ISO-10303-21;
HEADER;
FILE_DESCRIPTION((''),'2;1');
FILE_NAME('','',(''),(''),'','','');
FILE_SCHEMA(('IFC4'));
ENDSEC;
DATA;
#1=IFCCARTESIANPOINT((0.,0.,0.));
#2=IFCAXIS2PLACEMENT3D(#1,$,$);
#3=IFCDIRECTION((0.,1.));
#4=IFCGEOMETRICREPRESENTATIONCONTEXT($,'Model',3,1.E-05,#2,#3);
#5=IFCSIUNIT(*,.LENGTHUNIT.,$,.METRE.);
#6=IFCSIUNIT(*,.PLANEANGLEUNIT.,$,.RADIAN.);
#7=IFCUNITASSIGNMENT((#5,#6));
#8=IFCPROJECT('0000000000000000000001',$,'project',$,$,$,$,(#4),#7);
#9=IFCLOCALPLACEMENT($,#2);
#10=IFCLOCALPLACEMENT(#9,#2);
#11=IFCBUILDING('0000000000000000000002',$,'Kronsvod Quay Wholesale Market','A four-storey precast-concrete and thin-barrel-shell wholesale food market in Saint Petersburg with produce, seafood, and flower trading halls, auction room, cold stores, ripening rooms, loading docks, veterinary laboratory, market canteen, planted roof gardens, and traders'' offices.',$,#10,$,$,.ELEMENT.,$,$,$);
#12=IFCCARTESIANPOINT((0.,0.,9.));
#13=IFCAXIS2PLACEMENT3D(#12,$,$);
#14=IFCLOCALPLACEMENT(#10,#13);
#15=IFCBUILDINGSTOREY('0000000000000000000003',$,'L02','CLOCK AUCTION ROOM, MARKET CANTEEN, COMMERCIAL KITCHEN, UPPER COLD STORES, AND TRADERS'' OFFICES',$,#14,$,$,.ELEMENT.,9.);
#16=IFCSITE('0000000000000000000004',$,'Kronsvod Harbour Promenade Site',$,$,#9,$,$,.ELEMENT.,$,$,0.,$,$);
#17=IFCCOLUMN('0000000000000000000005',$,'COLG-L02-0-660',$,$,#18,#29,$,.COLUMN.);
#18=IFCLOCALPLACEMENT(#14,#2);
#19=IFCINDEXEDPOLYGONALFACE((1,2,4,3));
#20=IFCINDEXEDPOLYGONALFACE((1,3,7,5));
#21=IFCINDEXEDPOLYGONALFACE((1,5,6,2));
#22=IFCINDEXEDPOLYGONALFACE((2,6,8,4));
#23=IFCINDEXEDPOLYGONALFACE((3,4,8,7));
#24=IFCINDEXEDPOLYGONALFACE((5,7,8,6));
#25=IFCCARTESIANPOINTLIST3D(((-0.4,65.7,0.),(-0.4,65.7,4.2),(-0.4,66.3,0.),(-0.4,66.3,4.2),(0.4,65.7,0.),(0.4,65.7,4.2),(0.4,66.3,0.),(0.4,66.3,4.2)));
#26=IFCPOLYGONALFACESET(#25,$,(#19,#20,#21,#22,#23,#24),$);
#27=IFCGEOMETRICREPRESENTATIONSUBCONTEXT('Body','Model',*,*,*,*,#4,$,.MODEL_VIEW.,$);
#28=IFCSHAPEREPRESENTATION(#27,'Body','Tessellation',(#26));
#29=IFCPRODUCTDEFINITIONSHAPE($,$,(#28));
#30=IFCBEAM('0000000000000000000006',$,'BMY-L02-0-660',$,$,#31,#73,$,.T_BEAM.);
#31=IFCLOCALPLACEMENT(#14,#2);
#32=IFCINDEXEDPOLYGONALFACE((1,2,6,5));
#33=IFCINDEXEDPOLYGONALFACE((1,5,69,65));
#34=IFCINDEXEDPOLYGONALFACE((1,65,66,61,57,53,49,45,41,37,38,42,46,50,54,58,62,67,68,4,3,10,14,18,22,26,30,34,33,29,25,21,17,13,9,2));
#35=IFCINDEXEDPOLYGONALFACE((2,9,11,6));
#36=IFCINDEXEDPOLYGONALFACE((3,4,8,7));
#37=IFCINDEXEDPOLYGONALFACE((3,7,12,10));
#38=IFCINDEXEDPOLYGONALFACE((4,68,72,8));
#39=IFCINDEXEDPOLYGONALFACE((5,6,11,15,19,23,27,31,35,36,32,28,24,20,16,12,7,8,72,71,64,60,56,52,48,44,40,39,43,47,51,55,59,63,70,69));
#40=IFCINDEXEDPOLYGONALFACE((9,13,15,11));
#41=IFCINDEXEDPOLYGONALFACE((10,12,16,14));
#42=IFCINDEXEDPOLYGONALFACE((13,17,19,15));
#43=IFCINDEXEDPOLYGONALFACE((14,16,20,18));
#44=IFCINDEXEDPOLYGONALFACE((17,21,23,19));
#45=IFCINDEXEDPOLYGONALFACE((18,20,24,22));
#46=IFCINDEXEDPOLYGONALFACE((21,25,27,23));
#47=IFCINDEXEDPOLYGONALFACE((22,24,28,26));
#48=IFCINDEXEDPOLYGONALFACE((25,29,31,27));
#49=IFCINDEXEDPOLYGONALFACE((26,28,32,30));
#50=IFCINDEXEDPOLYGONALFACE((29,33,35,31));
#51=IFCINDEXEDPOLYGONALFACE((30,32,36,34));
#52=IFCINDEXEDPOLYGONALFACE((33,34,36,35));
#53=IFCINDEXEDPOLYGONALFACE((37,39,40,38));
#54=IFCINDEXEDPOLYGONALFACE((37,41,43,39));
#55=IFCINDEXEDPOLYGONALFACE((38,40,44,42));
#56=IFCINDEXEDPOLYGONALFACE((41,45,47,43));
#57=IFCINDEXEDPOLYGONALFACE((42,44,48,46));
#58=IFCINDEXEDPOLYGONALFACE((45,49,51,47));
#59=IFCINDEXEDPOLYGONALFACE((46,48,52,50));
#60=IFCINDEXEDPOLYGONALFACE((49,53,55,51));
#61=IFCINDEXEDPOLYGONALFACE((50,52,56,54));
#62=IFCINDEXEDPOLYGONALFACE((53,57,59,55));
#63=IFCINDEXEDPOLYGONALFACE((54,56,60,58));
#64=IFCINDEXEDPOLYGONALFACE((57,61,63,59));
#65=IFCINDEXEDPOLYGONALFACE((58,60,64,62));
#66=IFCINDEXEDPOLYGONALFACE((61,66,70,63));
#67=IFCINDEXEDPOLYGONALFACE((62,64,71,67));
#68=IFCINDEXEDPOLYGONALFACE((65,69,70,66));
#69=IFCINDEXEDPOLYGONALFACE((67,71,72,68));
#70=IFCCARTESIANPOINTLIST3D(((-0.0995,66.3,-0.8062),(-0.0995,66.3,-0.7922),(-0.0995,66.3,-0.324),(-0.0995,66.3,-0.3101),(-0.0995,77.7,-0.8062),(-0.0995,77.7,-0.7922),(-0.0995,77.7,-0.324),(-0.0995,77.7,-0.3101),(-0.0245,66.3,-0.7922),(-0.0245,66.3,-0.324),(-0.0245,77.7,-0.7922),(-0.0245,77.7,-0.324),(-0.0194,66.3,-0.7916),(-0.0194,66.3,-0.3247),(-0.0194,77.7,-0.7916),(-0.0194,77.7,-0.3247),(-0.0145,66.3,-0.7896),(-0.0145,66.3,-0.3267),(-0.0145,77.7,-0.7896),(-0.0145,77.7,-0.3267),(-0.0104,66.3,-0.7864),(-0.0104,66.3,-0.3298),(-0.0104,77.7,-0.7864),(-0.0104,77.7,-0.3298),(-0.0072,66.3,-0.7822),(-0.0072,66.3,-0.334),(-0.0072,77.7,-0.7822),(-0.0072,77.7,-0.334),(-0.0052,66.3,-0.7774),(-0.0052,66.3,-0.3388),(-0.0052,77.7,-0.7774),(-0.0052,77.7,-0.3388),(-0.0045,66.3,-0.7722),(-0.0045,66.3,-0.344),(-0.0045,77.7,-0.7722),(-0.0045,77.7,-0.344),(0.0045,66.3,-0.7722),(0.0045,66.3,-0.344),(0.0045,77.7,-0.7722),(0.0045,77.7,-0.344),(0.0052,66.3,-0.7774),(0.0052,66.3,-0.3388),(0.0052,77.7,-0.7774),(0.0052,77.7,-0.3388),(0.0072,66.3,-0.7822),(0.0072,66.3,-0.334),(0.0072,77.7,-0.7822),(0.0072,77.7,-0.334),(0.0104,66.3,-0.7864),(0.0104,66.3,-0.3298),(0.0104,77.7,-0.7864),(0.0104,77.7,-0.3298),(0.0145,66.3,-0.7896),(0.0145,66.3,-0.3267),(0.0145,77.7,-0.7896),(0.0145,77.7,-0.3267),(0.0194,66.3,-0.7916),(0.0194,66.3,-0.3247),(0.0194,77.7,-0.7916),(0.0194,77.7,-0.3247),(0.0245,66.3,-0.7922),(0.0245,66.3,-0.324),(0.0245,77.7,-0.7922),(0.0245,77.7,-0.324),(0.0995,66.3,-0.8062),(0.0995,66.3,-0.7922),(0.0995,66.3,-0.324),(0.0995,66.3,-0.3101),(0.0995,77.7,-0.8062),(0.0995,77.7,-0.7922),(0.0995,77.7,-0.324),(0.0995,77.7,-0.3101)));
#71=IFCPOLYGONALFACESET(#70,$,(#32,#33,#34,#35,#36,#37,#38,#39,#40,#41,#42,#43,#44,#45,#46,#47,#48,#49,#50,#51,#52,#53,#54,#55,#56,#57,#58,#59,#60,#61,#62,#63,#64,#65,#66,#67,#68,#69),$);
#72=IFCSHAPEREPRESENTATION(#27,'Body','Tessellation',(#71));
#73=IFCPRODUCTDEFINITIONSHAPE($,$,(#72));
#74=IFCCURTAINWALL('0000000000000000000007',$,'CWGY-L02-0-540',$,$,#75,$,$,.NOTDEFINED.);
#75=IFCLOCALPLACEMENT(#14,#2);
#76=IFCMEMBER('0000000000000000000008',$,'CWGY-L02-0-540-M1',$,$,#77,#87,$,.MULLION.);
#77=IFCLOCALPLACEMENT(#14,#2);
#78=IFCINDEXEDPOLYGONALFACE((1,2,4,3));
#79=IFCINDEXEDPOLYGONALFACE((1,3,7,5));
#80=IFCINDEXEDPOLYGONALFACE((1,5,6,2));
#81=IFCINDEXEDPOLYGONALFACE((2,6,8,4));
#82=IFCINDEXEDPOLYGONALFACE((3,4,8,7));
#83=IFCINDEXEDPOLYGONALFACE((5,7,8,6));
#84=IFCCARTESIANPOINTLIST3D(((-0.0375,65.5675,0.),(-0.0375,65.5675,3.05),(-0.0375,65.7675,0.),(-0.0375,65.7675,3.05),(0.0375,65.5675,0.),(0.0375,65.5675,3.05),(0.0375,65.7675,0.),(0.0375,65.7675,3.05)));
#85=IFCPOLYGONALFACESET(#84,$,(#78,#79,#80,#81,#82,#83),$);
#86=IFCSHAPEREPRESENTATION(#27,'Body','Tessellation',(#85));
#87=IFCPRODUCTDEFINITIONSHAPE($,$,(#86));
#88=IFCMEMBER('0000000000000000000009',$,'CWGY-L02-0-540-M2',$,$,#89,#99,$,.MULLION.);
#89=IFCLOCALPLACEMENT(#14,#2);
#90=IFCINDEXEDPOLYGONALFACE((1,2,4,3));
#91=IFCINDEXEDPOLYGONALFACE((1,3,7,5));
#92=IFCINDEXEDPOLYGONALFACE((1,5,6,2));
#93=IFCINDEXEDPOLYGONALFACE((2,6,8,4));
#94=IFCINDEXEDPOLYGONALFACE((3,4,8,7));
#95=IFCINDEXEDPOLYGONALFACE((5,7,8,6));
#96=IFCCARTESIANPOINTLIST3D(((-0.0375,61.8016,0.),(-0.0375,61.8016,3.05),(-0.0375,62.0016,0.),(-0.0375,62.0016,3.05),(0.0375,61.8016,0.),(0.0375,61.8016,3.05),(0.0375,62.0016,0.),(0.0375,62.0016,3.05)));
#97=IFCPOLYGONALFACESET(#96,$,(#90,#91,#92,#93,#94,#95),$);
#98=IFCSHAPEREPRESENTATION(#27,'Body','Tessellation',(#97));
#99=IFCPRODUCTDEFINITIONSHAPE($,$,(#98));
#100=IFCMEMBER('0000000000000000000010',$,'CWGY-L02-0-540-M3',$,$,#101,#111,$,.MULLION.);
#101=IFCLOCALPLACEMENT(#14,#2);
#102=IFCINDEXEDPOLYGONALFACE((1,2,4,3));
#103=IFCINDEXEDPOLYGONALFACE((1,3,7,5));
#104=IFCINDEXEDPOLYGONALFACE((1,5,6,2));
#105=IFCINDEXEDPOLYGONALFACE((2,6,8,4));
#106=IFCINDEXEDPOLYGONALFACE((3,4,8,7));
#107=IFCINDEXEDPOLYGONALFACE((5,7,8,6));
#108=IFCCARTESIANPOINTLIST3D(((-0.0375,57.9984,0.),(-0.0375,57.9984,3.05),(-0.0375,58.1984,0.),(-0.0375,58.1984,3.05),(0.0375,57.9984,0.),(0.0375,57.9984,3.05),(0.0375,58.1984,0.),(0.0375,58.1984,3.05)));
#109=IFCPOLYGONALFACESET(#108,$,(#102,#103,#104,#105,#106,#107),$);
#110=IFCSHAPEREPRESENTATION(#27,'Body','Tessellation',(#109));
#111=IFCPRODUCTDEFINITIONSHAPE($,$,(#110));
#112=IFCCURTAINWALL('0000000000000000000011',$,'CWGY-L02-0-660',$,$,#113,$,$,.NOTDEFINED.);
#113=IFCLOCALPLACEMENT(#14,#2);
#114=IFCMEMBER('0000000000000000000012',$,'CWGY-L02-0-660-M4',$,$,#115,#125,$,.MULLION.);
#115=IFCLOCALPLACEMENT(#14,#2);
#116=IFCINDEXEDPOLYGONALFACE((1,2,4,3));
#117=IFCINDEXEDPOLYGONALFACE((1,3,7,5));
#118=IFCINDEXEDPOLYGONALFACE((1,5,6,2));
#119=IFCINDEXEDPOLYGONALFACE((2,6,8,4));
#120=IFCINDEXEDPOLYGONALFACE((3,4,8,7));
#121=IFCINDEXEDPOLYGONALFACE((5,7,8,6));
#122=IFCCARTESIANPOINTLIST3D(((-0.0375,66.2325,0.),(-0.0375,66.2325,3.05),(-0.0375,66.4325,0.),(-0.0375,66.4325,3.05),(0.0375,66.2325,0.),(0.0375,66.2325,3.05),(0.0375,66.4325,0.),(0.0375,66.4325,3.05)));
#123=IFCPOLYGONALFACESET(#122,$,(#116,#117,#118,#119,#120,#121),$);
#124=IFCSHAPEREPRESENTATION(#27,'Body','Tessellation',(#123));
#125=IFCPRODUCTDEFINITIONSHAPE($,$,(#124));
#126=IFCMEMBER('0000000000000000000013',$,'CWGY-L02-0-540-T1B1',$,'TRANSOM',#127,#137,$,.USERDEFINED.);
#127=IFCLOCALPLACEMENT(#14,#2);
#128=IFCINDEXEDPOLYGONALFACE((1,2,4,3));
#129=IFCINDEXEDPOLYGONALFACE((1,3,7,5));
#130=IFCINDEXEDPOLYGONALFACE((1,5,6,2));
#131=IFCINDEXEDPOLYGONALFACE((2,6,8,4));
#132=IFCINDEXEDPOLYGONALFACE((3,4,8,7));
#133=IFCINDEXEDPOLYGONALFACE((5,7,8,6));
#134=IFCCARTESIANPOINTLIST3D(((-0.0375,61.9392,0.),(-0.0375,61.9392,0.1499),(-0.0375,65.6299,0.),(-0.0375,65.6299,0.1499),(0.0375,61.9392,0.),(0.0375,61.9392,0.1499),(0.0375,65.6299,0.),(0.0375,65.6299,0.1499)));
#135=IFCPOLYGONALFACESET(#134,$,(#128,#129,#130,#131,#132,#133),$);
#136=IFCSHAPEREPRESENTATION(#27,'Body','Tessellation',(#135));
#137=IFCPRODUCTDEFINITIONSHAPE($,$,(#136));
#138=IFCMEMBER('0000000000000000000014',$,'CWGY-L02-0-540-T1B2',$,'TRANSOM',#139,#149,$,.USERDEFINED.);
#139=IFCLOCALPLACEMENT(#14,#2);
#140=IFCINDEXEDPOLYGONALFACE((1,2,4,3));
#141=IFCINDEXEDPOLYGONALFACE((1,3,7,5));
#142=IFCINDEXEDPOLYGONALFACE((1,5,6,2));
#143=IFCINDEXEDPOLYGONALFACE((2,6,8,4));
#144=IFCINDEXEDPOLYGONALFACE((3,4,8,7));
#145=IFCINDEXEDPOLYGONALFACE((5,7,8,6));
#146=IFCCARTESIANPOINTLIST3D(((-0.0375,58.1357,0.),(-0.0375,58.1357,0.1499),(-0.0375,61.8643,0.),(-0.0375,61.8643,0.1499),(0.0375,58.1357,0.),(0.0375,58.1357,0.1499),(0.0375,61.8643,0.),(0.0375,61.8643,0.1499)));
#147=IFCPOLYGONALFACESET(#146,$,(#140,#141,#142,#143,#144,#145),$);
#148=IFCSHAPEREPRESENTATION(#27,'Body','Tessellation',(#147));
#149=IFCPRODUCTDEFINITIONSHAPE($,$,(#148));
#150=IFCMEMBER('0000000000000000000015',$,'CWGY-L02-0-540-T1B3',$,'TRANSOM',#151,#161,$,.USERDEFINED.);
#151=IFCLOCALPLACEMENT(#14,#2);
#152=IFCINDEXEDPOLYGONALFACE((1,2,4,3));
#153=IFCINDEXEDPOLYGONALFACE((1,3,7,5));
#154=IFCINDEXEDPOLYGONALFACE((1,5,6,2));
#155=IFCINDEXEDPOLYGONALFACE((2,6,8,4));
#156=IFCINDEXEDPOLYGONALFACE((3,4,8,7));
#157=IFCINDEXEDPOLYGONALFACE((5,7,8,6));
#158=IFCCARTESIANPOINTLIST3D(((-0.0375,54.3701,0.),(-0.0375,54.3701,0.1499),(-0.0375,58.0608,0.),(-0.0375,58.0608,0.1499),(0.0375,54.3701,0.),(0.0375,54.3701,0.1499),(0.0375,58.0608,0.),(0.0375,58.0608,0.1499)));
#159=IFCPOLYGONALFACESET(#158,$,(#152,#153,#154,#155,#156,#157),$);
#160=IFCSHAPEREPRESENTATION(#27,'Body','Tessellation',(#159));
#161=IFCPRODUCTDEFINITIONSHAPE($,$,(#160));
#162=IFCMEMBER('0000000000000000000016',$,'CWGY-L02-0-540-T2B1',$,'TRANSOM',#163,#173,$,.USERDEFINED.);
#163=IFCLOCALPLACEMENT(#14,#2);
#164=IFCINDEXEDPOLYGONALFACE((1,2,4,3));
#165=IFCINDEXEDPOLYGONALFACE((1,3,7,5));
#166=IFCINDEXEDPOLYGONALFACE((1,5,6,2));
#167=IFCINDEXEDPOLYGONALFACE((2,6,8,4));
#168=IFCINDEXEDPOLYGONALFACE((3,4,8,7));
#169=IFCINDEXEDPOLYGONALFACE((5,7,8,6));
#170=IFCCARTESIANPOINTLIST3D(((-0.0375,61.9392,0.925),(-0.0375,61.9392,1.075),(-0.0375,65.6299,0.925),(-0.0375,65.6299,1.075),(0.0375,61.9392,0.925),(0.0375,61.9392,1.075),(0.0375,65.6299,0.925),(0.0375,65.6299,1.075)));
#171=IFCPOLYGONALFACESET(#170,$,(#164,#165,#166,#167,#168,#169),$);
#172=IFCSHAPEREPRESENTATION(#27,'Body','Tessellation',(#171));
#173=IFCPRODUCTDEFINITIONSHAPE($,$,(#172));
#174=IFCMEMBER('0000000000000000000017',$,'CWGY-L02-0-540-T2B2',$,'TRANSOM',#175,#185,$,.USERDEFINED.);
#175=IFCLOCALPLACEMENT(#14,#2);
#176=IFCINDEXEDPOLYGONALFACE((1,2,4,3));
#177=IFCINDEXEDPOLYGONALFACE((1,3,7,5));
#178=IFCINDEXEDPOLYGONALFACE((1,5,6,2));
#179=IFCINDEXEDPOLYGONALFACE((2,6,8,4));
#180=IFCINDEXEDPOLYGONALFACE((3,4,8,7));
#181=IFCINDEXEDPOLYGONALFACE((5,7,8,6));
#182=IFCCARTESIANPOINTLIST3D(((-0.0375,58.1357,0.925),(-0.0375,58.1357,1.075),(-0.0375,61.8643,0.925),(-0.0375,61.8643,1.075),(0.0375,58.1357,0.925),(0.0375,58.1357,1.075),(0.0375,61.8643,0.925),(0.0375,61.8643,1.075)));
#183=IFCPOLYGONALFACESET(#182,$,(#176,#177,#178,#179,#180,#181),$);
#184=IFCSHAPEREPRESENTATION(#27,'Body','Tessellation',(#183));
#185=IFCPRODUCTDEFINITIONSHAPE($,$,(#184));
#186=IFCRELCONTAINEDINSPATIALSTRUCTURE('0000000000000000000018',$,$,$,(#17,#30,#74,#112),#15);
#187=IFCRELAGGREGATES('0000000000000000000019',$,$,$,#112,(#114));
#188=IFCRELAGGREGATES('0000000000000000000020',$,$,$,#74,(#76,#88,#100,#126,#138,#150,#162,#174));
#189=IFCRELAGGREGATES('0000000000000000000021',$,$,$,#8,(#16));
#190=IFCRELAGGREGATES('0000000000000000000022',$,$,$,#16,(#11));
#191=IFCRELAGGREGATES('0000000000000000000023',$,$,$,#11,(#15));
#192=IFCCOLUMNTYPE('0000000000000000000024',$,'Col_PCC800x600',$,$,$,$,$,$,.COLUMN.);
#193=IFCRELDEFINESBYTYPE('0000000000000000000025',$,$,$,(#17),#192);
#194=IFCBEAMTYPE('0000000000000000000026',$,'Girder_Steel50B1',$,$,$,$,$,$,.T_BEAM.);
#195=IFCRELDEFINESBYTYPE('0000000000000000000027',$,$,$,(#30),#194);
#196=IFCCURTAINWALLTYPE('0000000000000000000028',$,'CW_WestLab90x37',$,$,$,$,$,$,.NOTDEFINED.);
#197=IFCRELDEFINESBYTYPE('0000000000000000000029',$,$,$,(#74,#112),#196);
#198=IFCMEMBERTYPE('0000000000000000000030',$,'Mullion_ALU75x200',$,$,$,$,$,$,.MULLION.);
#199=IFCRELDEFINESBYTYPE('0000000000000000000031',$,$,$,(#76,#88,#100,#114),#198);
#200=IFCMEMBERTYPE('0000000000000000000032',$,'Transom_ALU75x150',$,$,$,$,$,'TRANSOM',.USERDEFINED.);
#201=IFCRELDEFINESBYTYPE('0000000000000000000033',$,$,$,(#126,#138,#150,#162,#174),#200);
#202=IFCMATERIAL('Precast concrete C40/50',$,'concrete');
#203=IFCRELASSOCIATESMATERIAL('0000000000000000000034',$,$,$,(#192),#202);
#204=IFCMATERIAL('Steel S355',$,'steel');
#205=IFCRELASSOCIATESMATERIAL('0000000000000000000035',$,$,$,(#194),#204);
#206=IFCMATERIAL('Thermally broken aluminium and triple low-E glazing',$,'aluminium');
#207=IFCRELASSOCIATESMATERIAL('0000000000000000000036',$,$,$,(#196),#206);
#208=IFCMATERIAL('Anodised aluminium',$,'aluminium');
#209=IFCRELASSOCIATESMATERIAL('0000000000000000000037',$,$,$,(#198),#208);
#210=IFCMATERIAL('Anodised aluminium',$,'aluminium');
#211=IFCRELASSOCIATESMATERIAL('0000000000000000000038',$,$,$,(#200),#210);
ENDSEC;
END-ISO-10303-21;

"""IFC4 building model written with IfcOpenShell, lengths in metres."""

from ifc_helpers import new_model, si_unit, direction, frame, origin, origin_2d, place, context, subcontext, project, spatial, rectangle, i_section, extrude, material, material_profile, profile_set, type_object, element, aggregate, save


model = new_model("IFC4")

# Units and contexts
model_context = context("Model", 3, precision=1e-05, world=origin(), true_north=direction((0.0, 1.0)))
body_context = subcontext(model_context, "Body", "Model", "MODEL_VIEW")
ifc_project = project(units=[si_unit("LENGTHUNIT", "METRE"), si_unit("PLANEANGLEUNIT", "RADIAN")], contexts=[model_context])

# Site, building, storey
site_placement = place(None, origin())
site = spatial("IfcSite", under=ifc_project, at=site_placement, Name="Kronsvod Harbour Promenade Site", CompositionType="ELEMENT", RefElevation=0.0)
building_placement = place(site_placement, origin())
building = spatial("IfcBuilding", under=site, at=building_placement, Name="Kronsvod Quay Wholesale Market", Description="A four-storey precast-concrete and thin-barrel-shell wholesale food market in Saint Petersburg with produce, seafood, and flower trading halls, auction room, cold stores, ripening rooms, loading docks, veterinary laboratory, market canteen, planted roof gardens, and traders' offices.", CompositionType="ELEMENT")
storey_placement = place(building_placement, frame((0.0, 0.0, 9.0)))
storey = spatial("IfcBuildingStorey", under=building, at=storey_placement, Name="L02", Description="CLOCK AUCTION ROOM, MARKET CANTEEN, COMMERCIAL KITCHEN, UPPER COLD STORES, AND TRADERS' OFFICES", CompositionType="ELEMENT", Elevation=9.0)

# Column
ifc_material_1 = material(Name="Precast concrete C40/50", Category="concrete")
ifc_material_profile_1 = material_profile(ifc_material_1, rectangle(XDim=0.8, YDim=0.6001, at=origin_2d()), Name="PCC800x600")
ifc_profile_set_1 = profile_set([ifc_material_profile_1], Name="Precast concrete C40/50")
column_type = type_object("IfcColumnType", Name="Col_PCC800x600", PredefinedType="COLUMN", material=ifc_profile_set_1)
column_placement = place(storey_placement, frame((0.0, 66.0, 0.0), z_axis=(0.0, 0.0, 1.0), x_axis=(1.0, 0.0, 0.0)))
element("IfcColumn", 1, at=column_placement, inside=storey, type_object=column_type, Name="COLG-L02-0-660", PredefinedType="COLUMN", context=body_context, shape_type="SweptSolid", body=[
    extrude(rectangle(XDim=0.8, YDim=0.6001, at=origin_2d()), origin(), (0.0, 0.0, 1.0), 4.2),
])

# Beam
ifc_material_2 = material(Name="Steel S355", Category="steel")
ifc_material_profile_2 = material_profile(ifc_material_2, i_section(OverallWidth=0.199, OverallDepth=0.4961, WebThickness=0.009, FlangeThickness=0.0139, FilletRadius=0.02, at=origin_2d()), Name="50B1")
ifc_profile_set_2 = profile_set([ifc_material_profile_2], Name="Steel S355")
beam_type = type_object("IfcBeamType", Name="Girder_Steel50B1", PredefinedType="T_BEAM", material=ifc_profile_set_2)
beam_placement = place(storey_placement, frame((0.0, 66.3, -0.5581), z_axis=(0.0, 1.0, 0.0), x_axis=(-1.0, 0.0, 0.0)))
element("IfcBeam", 2, at=beam_placement, inside=storey, type_object=beam_type, Name="BMY-L02-0-660", PredefinedType="T_BEAM", context=body_context, shape_type="SweptSolid", body=[
    extrude(i_section(OverallWidth=0.199, OverallDepth=0.4961, WebThickness=0.009, FlangeThickness=0.0139, FilletRadius=0.02, at=origin_2d()), origin(), (0.0, 0.0, 1.0), 11.3999),
])

# Curtain wall, members
ifc_material_3 = material(Name="Thermally broken aluminium and triple low-E glazing", Category="aluminium")
curtain_wall_type = type_object("IfcCurtainWallType", Name="CW_WestLab90x37", PredefinedType="NOTDEFINED", material=ifc_material_3)
curtain_wall_1_placement = place(storey_placement, origin())
curtain_wall_1 = element("IfcCurtainWall", 3, at=curtain_wall_1_placement, inside=storey, type_object=curtain_wall_type, Name="CWGY-L02-0-540", PredefinedType="NOTDEFINED")
ifc_material_4 = material(Name="Anodised aluminium", Category="aluminium")
ifc_material_profile_3 = material_profile(ifc_material_4, rectangle(XDim=0.075, YDim=0.2, at=origin_2d()), Name="ALUM75x200")
ifc_profile_set_3 = profile_set([ifc_material_profile_3], Name="Anodised aluminium")
member_type_1 = type_object("IfcMemberType", Name="Mullion_ALU75x200", PredefinedType="MULLION", material=ifc_profile_set_3)
member_1_placement = place(storey_placement, frame((0.0, 65.6675, 0.0), z_axis=(0.0, 0.0, 1.0), x_axis=(1.0, 0.0, 0.0)))
member_1 = element("IfcMember", 4, at=member_1_placement, type_object=member_type_1, Name="CWGY-L02-0-540-M1", PredefinedType="MULLION", context=body_context, shape_type="SweptSolid", body=[
    extrude(rectangle(XDim=0.075, YDim=0.2, at=origin_2d()), origin(), (0.0, 0.0, 1.0), 3.05),
])
member_2_placement = place(storey_placement, frame((0.0, 61.9016, 0.0), z_axis=(0.0, 0.0, 1.0), x_axis=(1.0, 0.0, 0.0)))
member_2 = element("IfcMember", 5, at=member_2_placement, type_object=member_type_1, Name="CWGY-L02-0-540-M2", PredefinedType="MULLION", context=body_context, shape_type="SweptSolid", body=[
    extrude(rectangle(XDim=0.075, YDim=0.2, at=origin_2d()), origin(), (0.0, 0.0, 1.0), 3.05),
])
member_3_placement = place(storey_placement, frame((0.0, 58.0984, 0.0), z_axis=(0.0, 0.0, 1.0), x_axis=(1.0, 0.0, 0.0)))
member_3 = element("IfcMember", 6, at=member_3_placement, type_object=member_type_1, Name="CWGY-L02-0-540-M3", PredefinedType="MULLION", context=body_context, shape_type="SweptSolid", body=[
    extrude(rectangle(XDim=0.075, YDim=0.2, at=origin_2d()), origin(), (0.0, 0.0, 1.0), 3.05),
])

# Curtain wall, member
curtain_wall_2_placement = place(storey_placement, origin())
curtain_wall_2 = element("IfcCurtainWall", 7, at=curtain_wall_2_placement, inside=storey, type_object=curtain_wall_type, Name="CWGY-L02-0-660", PredefinedType="NOTDEFINED")
member_4_placement = place(storey_placement, frame((0.0, 66.3325, 0.0), z_axis=(0.0, 0.0, 1.0), x_axis=(1.0, 0.0, 0.0)))
member_4 = element("IfcMember", 8, at=member_4_placement, type_object=member_type_1, Name="CWGY-L02-0-660-M4", PredefinedType="MULLION", context=body_context, shape_type="SweptSolid", body=[
    extrude(rectangle(XDim=0.075, YDim=0.2, at=origin_2d()), origin(), (0.0, 0.0, 1.0), 3.05),
])

# Members
ifc_material_5 = material(Name="Anodised aluminium", Category="aluminium")
ifc_material_profile_4 = material_profile(ifc_material_5, rectangle(XDim=0.075, YDim=0.1499, at=origin_2d()), Name="ALUT75x150")
ifc_profile_set_4 = profile_set([ifc_material_profile_4], Name="Anodised aluminium")
member_type_2 = type_object("IfcMemberType", Name="Transom_ALU75x150", ElementType="TRANSOM", PredefinedType="USERDEFINED", material=ifc_profile_set_4)
member_5_placement = place(storey_placement, frame((0.0, 65.6299, 0.075), z_axis=(0.0, -1.0, 0.0), x_axis=(1.0, 0.0, 0.0)))
member_5 = element("IfcMember", 9, at=member_5_placement, type_object=member_type_2, Name="CWGY-L02-0-540-T1B1", ObjectType="TRANSOM", PredefinedType="USERDEFINED", context=body_context, shape_type="SweptSolid", body=[
    extrude(rectangle(XDim=0.075, YDim=0.1499, at=origin_2d()), origin(), (0.0, 0.0, 1.0), 3.6907),
])
member_6_placement = place(storey_placement, frame((0.0, 61.8643, 0.075), z_axis=(0.0, -1.0, 0.0), x_axis=(1.0, 0.0, 0.0)))
member_6 = element("IfcMember", 10, at=member_6_placement, type_object=member_type_2, Name="CWGY-L02-0-540-T1B2", ObjectType="TRANSOM", PredefinedType="USERDEFINED", context=body_context, shape_type="SweptSolid", body=[
    extrude(rectangle(XDim=0.075, YDim=0.1499, at=origin_2d()), origin(), (0.0, 0.0, 1.0), 3.7285),
])
member_7_placement = place(storey_placement, frame((0.0, 58.0608, 0.075), z_axis=(0.0, -1.0, 0.0), x_axis=(1.0, 0.0, 0.0)))
member_7 = element("IfcMember", 11, at=member_7_placement, type_object=member_type_2, Name="CWGY-L02-0-540-T1B3", ObjectType="TRANSOM", PredefinedType="USERDEFINED", context=body_context, shape_type="SweptSolid", body=[
    extrude(rectangle(XDim=0.075, YDim=0.1499, at=origin_2d()), origin(), (0.0, 0.0, 1.0), 3.6907),
])
member_8_placement = place(storey_placement, frame((0.0, 65.6299, 1.0), z_axis=(0.0, -1.0, 0.0), x_axis=(1.0, 0.0, 0.0)))
member_8 = element("IfcMember", 12, at=member_8_placement, type_object=member_type_2, Name="CWGY-L02-0-540-T2B1", ObjectType="TRANSOM", PredefinedType="USERDEFINED", context=body_context, shape_type="SweptSolid", body=[
    extrude(rectangle(XDim=0.075, YDim=0.1499, at=origin_2d()), origin(), (0.0, 0.0, 1.0), 3.6907),
])
member_9_placement = place(storey_placement, frame((0.0, 61.8643, 1.0), z_axis=(0.0, -1.0, 0.0), x_axis=(1.0, 0.0, 0.0)))
member_9 = element("IfcMember", 13, at=member_9_placement, type_object=member_type_2, Name="CWGY-L02-0-540-T2B2", ObjectType="TRANSOM", PredefinedType="USERDEFINED", context=body_context, shape_type="SweptSolid", body=[
    extrude(rectangle(XDim=0.075, YDim=0.1499, at=origin_2d()), origin(), (0.0, 0.0, 1.0), 3.7285),
])

aggregate(curtain_wall_2, [member_4])
aggregate(curtain_wall_1, [member_1, member_2, member_3, member_5, member_6, member_7, member_8, member_9])

save(model, "model.ifc")
